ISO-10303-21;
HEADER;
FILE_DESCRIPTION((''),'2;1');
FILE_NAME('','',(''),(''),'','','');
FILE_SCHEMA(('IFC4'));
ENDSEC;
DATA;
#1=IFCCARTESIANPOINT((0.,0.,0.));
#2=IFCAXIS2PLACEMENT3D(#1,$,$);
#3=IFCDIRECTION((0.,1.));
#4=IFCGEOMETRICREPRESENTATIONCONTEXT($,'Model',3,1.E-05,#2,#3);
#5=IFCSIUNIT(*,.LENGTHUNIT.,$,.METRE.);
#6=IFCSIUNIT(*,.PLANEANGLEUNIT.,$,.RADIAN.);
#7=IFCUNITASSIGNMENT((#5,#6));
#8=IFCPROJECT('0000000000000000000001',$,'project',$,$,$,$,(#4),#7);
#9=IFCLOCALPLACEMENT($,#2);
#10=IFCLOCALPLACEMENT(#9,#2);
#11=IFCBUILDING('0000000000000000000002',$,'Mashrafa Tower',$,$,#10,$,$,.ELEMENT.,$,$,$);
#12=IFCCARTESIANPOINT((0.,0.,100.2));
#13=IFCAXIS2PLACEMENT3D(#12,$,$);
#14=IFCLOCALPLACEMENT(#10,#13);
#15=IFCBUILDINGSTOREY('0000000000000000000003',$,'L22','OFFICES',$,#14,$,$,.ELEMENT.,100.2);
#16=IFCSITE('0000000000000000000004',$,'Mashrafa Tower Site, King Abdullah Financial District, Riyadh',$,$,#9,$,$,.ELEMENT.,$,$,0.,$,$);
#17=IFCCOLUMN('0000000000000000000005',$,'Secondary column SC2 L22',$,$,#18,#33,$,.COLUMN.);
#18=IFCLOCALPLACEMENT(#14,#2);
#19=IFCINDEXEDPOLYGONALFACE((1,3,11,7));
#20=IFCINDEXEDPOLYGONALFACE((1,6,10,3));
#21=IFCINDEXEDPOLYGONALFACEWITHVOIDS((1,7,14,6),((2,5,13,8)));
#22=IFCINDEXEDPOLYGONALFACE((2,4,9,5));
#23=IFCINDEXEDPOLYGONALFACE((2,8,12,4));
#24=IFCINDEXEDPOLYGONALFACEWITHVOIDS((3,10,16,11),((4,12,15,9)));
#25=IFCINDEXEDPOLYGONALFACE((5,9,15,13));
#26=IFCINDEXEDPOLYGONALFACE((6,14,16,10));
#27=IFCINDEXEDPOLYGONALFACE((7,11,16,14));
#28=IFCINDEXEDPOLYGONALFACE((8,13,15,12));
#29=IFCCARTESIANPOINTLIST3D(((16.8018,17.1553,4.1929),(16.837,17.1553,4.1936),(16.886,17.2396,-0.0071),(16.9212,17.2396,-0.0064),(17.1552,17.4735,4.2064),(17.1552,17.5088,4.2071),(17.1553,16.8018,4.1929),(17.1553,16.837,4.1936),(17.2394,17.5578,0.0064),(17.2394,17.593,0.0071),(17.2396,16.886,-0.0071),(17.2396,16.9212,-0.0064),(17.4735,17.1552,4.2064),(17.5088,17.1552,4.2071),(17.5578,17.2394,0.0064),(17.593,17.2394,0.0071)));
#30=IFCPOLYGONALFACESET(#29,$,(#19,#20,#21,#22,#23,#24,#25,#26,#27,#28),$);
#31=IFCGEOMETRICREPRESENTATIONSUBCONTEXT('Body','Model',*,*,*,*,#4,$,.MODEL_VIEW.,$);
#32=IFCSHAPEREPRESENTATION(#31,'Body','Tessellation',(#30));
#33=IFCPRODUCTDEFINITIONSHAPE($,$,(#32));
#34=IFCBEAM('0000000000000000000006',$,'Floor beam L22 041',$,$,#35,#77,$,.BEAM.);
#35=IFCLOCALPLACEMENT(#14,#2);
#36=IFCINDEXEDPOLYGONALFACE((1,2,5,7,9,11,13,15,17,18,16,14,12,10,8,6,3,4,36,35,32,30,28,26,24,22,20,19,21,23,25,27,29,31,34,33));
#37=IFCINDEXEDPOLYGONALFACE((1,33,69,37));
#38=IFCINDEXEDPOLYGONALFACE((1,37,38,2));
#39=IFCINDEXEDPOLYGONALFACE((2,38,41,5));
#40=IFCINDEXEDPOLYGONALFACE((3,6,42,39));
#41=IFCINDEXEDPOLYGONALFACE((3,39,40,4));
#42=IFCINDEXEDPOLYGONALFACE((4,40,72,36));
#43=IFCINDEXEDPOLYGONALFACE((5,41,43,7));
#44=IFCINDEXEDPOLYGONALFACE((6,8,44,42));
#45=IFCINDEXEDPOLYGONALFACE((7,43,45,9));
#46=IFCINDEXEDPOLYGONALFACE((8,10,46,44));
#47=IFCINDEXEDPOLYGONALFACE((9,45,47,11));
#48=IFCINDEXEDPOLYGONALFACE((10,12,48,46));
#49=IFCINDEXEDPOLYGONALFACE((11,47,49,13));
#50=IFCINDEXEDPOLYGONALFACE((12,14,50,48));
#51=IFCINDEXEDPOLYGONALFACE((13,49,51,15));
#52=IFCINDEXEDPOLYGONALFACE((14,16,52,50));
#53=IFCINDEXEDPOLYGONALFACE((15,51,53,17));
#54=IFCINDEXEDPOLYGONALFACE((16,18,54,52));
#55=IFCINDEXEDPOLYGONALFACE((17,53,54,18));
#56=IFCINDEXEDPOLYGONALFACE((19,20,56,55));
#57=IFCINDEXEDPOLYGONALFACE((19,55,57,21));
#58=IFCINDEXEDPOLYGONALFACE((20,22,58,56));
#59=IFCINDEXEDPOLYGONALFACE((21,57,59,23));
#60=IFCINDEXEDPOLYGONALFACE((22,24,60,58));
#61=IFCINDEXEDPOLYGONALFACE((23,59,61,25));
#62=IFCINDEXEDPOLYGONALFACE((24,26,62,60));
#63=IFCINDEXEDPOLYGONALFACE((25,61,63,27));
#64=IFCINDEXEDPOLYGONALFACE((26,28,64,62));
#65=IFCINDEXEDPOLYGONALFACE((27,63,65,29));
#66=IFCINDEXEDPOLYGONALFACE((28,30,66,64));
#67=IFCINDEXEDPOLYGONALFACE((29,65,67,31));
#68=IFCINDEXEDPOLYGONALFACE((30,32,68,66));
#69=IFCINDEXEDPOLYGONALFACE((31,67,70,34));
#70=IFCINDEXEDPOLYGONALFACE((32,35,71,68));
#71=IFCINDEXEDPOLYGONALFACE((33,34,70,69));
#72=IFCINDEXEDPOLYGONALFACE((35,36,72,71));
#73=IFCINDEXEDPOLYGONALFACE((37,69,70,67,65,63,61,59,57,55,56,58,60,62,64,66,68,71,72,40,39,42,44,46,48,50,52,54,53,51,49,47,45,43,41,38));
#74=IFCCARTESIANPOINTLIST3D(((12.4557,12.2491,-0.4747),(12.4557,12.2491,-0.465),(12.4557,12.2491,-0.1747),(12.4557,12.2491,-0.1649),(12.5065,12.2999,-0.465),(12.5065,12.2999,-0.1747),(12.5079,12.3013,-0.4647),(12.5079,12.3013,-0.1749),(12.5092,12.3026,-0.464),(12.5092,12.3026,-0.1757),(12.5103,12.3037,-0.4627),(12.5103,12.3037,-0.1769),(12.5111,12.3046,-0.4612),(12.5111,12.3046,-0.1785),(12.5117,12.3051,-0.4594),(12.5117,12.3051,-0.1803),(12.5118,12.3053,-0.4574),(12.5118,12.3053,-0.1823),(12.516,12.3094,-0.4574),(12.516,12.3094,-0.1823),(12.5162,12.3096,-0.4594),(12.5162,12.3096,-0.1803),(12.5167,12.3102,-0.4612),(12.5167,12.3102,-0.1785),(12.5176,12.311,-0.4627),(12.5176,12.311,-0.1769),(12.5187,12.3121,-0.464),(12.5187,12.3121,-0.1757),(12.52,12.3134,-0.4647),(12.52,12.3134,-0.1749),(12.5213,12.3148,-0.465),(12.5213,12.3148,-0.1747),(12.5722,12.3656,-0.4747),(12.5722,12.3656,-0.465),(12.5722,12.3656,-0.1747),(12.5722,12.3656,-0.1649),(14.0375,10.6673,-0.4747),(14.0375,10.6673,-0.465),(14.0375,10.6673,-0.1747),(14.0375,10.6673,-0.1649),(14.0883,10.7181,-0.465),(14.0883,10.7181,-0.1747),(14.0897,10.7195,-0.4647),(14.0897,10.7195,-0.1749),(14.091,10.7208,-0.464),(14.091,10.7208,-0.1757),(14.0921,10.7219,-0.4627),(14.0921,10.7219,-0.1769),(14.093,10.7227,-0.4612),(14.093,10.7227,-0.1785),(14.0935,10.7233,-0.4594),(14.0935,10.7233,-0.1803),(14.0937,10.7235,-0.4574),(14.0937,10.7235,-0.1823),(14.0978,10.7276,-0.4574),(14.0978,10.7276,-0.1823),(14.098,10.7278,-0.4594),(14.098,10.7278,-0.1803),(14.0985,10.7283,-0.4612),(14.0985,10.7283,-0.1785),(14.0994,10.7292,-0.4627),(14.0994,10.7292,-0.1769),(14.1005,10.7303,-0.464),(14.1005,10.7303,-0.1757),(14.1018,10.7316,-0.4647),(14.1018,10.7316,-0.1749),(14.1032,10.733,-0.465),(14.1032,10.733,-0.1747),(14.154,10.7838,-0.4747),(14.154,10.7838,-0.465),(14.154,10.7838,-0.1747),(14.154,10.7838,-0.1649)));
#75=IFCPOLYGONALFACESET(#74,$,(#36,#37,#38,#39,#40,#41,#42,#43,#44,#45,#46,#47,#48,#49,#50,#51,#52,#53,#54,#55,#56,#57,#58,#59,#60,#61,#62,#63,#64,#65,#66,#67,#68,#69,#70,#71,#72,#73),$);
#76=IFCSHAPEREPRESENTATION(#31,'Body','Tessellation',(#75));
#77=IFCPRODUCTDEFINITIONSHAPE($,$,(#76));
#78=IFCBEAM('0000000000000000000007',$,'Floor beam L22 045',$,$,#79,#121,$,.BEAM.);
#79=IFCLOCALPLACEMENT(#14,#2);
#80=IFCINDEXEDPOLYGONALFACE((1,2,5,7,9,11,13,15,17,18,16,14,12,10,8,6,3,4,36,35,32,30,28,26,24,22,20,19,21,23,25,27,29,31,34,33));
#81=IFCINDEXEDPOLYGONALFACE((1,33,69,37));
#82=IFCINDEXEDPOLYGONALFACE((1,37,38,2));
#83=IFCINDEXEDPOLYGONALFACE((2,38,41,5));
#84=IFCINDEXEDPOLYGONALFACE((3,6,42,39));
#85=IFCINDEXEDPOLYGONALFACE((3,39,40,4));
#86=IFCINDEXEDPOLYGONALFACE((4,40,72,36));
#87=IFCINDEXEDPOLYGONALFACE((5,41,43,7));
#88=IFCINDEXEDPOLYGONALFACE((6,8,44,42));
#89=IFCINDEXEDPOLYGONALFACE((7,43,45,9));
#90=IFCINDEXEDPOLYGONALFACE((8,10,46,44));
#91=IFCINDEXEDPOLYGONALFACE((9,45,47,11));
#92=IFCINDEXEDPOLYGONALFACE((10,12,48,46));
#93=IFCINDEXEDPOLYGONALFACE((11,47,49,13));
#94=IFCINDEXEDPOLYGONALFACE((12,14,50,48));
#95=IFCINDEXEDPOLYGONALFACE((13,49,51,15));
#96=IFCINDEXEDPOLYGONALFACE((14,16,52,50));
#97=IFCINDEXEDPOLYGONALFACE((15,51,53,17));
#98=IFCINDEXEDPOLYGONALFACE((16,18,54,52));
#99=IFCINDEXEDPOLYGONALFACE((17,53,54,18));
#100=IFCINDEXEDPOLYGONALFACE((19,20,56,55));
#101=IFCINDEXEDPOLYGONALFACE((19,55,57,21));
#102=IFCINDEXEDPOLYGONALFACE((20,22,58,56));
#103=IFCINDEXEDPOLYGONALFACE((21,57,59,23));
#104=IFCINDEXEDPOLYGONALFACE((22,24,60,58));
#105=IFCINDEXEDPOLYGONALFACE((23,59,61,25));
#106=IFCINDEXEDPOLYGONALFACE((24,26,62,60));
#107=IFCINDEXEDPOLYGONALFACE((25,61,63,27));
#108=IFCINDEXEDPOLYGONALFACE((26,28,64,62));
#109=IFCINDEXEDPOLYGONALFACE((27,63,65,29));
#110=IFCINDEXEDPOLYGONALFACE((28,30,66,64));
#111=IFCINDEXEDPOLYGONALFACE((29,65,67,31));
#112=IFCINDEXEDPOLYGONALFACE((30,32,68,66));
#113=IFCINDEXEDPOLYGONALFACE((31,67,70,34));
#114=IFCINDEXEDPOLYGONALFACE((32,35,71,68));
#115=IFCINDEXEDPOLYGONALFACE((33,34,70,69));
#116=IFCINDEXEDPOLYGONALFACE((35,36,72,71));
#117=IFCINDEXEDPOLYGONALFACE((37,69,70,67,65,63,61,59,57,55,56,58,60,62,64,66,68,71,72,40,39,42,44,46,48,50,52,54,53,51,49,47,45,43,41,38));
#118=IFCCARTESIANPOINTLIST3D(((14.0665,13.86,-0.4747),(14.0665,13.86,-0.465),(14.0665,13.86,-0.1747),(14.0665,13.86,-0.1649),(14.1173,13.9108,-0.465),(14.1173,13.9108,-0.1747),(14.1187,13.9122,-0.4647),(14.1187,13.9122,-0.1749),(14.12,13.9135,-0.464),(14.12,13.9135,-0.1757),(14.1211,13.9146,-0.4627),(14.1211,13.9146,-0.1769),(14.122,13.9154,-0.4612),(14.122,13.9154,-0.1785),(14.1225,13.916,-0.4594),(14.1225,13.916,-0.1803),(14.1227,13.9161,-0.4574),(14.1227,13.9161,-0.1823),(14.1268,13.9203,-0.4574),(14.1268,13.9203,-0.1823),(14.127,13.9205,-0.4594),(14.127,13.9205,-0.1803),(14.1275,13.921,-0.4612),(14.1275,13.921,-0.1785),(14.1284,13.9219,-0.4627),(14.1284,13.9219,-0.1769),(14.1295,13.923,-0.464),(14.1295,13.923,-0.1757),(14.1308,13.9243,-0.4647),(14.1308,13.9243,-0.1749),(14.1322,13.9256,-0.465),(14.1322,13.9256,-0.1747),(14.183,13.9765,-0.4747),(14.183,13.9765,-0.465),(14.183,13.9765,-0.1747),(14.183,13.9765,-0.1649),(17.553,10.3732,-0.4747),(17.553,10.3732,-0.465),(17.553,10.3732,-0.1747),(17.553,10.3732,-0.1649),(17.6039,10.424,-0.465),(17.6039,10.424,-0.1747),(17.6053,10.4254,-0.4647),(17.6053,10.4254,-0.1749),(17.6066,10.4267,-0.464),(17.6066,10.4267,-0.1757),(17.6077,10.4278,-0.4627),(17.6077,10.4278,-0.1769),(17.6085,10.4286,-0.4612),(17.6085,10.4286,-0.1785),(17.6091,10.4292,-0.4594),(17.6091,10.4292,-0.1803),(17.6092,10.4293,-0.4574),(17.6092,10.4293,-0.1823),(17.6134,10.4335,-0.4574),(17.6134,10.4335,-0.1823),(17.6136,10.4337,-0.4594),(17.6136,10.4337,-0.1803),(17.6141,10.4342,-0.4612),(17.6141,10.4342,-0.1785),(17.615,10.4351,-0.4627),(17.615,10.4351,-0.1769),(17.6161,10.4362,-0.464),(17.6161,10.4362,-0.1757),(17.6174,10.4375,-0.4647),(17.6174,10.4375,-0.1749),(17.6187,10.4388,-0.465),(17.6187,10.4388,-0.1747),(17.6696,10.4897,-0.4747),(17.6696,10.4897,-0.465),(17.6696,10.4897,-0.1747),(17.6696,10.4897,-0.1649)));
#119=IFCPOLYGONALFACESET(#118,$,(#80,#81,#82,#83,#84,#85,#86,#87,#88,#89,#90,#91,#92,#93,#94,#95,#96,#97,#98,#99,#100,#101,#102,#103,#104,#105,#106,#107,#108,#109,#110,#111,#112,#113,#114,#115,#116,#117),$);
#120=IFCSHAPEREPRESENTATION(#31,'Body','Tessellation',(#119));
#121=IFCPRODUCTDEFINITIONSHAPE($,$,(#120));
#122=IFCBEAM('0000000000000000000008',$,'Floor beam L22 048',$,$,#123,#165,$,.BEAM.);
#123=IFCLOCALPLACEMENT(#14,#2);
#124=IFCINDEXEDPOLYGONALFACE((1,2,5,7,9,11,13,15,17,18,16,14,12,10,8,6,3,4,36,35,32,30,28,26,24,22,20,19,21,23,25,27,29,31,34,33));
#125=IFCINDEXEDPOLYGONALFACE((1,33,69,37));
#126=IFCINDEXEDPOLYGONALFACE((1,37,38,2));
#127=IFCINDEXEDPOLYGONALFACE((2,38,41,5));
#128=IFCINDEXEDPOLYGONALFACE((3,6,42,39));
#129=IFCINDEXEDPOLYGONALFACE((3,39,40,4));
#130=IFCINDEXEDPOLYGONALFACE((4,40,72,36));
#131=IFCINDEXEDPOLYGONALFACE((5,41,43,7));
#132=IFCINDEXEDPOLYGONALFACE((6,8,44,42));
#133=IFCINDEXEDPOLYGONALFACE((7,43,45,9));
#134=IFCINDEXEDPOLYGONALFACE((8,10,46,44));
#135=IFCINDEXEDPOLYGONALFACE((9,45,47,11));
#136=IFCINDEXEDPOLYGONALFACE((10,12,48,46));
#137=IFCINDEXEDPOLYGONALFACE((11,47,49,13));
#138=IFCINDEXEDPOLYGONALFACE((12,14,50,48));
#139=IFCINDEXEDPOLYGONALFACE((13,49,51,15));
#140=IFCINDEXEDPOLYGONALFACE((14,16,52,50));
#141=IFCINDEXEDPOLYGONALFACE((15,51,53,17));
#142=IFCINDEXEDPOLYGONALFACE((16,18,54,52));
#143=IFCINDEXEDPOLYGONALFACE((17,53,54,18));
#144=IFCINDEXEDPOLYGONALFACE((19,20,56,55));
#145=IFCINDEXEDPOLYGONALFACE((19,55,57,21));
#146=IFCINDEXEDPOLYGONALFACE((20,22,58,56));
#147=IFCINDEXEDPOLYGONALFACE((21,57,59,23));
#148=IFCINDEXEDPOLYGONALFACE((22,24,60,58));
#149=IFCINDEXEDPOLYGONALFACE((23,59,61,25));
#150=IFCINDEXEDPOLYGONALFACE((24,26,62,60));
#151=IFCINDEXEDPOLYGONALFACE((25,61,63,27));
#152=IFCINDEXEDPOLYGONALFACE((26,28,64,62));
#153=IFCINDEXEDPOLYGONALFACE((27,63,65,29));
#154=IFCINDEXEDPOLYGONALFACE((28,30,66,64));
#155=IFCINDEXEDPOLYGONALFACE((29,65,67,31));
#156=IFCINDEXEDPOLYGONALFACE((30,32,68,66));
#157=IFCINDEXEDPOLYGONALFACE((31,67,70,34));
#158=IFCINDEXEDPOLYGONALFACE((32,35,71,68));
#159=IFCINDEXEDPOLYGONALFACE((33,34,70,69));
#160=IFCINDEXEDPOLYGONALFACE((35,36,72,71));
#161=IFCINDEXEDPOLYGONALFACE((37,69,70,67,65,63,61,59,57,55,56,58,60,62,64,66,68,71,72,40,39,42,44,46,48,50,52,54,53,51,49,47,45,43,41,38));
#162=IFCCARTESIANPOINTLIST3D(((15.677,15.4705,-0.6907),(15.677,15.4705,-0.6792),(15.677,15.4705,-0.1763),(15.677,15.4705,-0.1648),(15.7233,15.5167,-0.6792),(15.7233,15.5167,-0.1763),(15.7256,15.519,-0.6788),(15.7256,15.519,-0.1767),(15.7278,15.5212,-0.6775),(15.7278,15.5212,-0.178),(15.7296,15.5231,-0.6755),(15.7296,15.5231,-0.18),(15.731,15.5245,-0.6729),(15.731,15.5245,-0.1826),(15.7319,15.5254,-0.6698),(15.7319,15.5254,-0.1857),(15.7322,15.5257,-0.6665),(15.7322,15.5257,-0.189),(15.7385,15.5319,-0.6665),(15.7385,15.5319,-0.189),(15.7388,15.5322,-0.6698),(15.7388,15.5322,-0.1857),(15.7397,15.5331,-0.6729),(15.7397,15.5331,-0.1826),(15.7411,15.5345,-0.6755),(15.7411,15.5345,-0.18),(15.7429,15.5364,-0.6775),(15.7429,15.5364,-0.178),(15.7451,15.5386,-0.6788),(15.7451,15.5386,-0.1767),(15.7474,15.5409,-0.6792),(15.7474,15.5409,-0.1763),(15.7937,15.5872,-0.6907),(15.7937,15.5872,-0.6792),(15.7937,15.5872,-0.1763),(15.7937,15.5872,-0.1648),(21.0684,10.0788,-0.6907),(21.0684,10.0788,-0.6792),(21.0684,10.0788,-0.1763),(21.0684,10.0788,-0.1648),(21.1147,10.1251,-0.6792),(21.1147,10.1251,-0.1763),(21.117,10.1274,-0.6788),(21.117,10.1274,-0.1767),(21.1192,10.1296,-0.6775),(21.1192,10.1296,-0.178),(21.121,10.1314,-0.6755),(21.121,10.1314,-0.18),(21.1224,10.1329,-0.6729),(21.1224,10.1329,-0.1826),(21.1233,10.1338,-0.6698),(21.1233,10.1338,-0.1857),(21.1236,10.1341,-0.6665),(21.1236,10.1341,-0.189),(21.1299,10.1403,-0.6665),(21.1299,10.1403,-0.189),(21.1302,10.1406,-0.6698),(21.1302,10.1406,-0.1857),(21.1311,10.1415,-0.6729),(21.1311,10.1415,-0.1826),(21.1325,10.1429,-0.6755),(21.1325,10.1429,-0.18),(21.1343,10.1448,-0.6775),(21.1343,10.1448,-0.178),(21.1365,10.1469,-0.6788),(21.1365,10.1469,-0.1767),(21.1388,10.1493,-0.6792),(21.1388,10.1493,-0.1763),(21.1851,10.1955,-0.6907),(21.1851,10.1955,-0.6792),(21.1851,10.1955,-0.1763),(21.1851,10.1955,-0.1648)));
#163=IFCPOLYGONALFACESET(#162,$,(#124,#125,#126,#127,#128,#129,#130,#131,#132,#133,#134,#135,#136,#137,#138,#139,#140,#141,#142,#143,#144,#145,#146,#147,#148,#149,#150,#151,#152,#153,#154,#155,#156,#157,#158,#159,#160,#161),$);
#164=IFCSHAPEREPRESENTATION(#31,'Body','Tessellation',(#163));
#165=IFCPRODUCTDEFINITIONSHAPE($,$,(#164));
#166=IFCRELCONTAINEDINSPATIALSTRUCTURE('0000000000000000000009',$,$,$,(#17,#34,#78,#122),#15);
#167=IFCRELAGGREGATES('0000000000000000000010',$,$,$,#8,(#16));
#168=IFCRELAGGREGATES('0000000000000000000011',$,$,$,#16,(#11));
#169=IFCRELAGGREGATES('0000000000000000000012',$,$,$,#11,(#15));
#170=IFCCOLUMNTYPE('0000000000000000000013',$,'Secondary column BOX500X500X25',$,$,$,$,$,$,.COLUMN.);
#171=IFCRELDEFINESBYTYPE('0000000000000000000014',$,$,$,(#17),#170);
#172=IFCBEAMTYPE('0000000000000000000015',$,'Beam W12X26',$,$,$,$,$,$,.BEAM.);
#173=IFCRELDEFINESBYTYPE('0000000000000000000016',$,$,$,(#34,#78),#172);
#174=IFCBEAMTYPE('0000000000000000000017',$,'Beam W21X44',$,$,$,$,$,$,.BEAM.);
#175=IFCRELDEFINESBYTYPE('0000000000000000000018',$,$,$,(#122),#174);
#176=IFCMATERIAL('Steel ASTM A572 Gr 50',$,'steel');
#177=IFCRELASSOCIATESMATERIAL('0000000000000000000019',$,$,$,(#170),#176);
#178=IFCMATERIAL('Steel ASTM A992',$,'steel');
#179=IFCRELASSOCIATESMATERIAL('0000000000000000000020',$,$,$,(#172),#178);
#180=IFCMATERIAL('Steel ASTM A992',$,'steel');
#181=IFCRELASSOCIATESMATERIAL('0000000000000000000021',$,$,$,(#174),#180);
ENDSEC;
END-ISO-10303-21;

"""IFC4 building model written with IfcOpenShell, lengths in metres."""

from ifc_helpers import new_model, si_unit, direction, frame, origin, origin_2d, place, context, subcontext, project, spatial, hollow_rectangle, i_section, extrude, material, material_profile, profile_set, type_object, element, save


model = new_model("IFC4")

# Units and contexts
model_context = context("Model", 3, precision=1e-05, world=origin(), true_north=direction((0.0, 1.0)))
body_context = subcontext(model_context, "Body", "Model", "MODEL_VIEW")
ifc_project = project(units=[si_unit("LENGTHUNIT", "METRE"), si_unit("PLANEANGLEUNIT", "RADIAN")], contexts=[model_context])

# Site, building, storey
site_placement = place(None, origin())
site = spatial("IfcSite", under=ifc_project, at=site_placement, Name="Mashrafa Tower Site, King Abdullah Financial District, Riyadh", CompositionType="ELEMENT", RefElevation=0.0)
building_placement = place(site_placement, origin())
building = spatial("IfcBuilding", under=site, at=building_placement, Name="Mashrafa Tower", CompositionType="ELEMENT")
storey_placement = place(building_placement, frame((0.0, 0.0, 100.2)))
storey = spatial("IfcBuildingStorey", under=building, at=storey_placement, Name="L22", Description="OFFICES", CompositionType="ELEMENT", Elevation=100.2)

# Column
ifc_material_1 = material(Name="Steel ASTM A572 Gr 50", Category="steel")
ifc_material_profile_1 = material_profile(ifc_material_1, hollow_rectangle(XDim=0.5, YDim=0.5, WallThickness=0.0249, at=origin_2d()), Name="BOX500X500X25")
ifc_profile_set_1 = profile_set([ifc_material_profile_1], Name="Steel ASTM A572 Gr 50")
column_type = type_object("IfcColumnType", Name="Secondary column BOX500X500X25", PredefinedType="COLUMN", material=ifc_profile_set_1)
column_placement = place(storey_placement, frame((17.2395, 17.2395, 0.0), z_axis=(-0.020047, -0.020047, 0.999598), x_axis=(0.707107, -0.707107, 0.0)))
element("IfcColumn", 1, at=column_placement, inside=storey, type_object=column_type, Name="Secondary column SC2 L22", PredefinedType="COLUMN", context=body_context, shape_type="SweptSolid", body=[
    extrude(hollow_rectangle(XDim=0.5, YDim=0.5, WallThickness=0.0249, at=origin_2d()), origin(), (0.0, 0.0, 1.0), 4.2017),
])

# Beams
ifc_material_2 = material(Name="Steel ASTM A992", Category="steel")
ifc_material_profile_2 = material_profile(ifc_material_2, i_section(OverallWidth=0.1648, OverallDepth=0.3098, WebThickness=0.0059, FlangeThickness=0.0098, FilletRadius=0.0076, at=origin_2d()), Name="W12X26")
ifc_profile_set_2 = profile_set([ifc_material_profile_2], Name="Steel ASTM A992")
beam_type_1 = type_object("IfcBeamType", Name="Beam W12X26", PredefinedType="BEAM", material=ifc_profile_set_2)
beam_1_placement = place(storey_placement, frame((12.5139, 12.3074, -0.3198), z_axis=(0.707107, -0.707107, 0.0), x_axis=(0.707107, 0.707107, 0.0)))
element("IfcBeam", 2, at=beam_1_placement, inside=storey, type_object=beam_type_1, Name="Floor beam L22 041", PredefinedType="BEAM", context=body_context, shape_type="SweptSolid", body=[
    extrude(i_section(OverallWidth=0.1648, OverallDepth=0.3098, WebThickness=0.0059, FlangeThickness=0.0098, FilletRadius=0.0076, at=origin_2d()), origin(), (0.0, 0.0, 1.0), 2.2371),
])
beam_2_placement = place(storey_placement, frame((14.1248, 13.9182, -0.3198), z_axis=(0.707082, -0.707132, 0.0), x_axis=(0.707132, 0.707082, 0.0)))
element("IfcBeam", 3, at=beam_2_placement, inside=storey, type_object=beam_type_1, Name="Floor beam L22 045", PredefinedType="BEAM", context=body_context, shape_type="SweptSolid", body=[
    extrude(i_section(OverallWidth=0.1648, OverallDepth=0.3098, WebThickness=0.0059, FlangeThickness=0.0098, FilletRadius=0.0076, at=origin_2d()), origin(), (0.0, 0.0, 1.0), 4.9309),
])
ifc_material_3 = material(Name="Steel ASTM A992", Category="steel")
ifc_material_profile_3 = material_profile(ifc_material_3, i_section(OverallWidth=0.165, OverallDepth=0.5259, WebThickness=0.0088, FlangeThickness=0.0115, FilletRadius=0.0127, at=origin_2d()), Name="W21X44")
ifc_profile_set_3 = profile_set([ifc_material_profile_3], Name="Steel ASTM A992")
beam_type_2 = type_object("IfcBeamType", Name="Beam W21X44", PredefinedType="BEAM", material=ifc_profile_set_3)
beam_3_placement = place(storey_placement, frame((15.7354, 15.5288, -0.4277), z_axis=(0.707091, -0.707123, 0.0), x_axis=(0.707123, 0.707091, 0.0)))
element("IfcBeam", 4, at=beam_3_placement, inside=storey, type_object=beam_type_2, Name="Floor beam L22 048", PredefinedType="BEAM", context=body_context, shape_type="SweptSolid", body=[
    extrude(i_section(OverallWidth=0.165, OverallDepth=0.5259, WebThickness=0.0088, FlangeThickness=0.0115, FilletRadius=0.0127, at=origin_2d()), origin(), (0.0, 0.0, 1.0), 7.6248),
])

save(model, "model.ifc")
